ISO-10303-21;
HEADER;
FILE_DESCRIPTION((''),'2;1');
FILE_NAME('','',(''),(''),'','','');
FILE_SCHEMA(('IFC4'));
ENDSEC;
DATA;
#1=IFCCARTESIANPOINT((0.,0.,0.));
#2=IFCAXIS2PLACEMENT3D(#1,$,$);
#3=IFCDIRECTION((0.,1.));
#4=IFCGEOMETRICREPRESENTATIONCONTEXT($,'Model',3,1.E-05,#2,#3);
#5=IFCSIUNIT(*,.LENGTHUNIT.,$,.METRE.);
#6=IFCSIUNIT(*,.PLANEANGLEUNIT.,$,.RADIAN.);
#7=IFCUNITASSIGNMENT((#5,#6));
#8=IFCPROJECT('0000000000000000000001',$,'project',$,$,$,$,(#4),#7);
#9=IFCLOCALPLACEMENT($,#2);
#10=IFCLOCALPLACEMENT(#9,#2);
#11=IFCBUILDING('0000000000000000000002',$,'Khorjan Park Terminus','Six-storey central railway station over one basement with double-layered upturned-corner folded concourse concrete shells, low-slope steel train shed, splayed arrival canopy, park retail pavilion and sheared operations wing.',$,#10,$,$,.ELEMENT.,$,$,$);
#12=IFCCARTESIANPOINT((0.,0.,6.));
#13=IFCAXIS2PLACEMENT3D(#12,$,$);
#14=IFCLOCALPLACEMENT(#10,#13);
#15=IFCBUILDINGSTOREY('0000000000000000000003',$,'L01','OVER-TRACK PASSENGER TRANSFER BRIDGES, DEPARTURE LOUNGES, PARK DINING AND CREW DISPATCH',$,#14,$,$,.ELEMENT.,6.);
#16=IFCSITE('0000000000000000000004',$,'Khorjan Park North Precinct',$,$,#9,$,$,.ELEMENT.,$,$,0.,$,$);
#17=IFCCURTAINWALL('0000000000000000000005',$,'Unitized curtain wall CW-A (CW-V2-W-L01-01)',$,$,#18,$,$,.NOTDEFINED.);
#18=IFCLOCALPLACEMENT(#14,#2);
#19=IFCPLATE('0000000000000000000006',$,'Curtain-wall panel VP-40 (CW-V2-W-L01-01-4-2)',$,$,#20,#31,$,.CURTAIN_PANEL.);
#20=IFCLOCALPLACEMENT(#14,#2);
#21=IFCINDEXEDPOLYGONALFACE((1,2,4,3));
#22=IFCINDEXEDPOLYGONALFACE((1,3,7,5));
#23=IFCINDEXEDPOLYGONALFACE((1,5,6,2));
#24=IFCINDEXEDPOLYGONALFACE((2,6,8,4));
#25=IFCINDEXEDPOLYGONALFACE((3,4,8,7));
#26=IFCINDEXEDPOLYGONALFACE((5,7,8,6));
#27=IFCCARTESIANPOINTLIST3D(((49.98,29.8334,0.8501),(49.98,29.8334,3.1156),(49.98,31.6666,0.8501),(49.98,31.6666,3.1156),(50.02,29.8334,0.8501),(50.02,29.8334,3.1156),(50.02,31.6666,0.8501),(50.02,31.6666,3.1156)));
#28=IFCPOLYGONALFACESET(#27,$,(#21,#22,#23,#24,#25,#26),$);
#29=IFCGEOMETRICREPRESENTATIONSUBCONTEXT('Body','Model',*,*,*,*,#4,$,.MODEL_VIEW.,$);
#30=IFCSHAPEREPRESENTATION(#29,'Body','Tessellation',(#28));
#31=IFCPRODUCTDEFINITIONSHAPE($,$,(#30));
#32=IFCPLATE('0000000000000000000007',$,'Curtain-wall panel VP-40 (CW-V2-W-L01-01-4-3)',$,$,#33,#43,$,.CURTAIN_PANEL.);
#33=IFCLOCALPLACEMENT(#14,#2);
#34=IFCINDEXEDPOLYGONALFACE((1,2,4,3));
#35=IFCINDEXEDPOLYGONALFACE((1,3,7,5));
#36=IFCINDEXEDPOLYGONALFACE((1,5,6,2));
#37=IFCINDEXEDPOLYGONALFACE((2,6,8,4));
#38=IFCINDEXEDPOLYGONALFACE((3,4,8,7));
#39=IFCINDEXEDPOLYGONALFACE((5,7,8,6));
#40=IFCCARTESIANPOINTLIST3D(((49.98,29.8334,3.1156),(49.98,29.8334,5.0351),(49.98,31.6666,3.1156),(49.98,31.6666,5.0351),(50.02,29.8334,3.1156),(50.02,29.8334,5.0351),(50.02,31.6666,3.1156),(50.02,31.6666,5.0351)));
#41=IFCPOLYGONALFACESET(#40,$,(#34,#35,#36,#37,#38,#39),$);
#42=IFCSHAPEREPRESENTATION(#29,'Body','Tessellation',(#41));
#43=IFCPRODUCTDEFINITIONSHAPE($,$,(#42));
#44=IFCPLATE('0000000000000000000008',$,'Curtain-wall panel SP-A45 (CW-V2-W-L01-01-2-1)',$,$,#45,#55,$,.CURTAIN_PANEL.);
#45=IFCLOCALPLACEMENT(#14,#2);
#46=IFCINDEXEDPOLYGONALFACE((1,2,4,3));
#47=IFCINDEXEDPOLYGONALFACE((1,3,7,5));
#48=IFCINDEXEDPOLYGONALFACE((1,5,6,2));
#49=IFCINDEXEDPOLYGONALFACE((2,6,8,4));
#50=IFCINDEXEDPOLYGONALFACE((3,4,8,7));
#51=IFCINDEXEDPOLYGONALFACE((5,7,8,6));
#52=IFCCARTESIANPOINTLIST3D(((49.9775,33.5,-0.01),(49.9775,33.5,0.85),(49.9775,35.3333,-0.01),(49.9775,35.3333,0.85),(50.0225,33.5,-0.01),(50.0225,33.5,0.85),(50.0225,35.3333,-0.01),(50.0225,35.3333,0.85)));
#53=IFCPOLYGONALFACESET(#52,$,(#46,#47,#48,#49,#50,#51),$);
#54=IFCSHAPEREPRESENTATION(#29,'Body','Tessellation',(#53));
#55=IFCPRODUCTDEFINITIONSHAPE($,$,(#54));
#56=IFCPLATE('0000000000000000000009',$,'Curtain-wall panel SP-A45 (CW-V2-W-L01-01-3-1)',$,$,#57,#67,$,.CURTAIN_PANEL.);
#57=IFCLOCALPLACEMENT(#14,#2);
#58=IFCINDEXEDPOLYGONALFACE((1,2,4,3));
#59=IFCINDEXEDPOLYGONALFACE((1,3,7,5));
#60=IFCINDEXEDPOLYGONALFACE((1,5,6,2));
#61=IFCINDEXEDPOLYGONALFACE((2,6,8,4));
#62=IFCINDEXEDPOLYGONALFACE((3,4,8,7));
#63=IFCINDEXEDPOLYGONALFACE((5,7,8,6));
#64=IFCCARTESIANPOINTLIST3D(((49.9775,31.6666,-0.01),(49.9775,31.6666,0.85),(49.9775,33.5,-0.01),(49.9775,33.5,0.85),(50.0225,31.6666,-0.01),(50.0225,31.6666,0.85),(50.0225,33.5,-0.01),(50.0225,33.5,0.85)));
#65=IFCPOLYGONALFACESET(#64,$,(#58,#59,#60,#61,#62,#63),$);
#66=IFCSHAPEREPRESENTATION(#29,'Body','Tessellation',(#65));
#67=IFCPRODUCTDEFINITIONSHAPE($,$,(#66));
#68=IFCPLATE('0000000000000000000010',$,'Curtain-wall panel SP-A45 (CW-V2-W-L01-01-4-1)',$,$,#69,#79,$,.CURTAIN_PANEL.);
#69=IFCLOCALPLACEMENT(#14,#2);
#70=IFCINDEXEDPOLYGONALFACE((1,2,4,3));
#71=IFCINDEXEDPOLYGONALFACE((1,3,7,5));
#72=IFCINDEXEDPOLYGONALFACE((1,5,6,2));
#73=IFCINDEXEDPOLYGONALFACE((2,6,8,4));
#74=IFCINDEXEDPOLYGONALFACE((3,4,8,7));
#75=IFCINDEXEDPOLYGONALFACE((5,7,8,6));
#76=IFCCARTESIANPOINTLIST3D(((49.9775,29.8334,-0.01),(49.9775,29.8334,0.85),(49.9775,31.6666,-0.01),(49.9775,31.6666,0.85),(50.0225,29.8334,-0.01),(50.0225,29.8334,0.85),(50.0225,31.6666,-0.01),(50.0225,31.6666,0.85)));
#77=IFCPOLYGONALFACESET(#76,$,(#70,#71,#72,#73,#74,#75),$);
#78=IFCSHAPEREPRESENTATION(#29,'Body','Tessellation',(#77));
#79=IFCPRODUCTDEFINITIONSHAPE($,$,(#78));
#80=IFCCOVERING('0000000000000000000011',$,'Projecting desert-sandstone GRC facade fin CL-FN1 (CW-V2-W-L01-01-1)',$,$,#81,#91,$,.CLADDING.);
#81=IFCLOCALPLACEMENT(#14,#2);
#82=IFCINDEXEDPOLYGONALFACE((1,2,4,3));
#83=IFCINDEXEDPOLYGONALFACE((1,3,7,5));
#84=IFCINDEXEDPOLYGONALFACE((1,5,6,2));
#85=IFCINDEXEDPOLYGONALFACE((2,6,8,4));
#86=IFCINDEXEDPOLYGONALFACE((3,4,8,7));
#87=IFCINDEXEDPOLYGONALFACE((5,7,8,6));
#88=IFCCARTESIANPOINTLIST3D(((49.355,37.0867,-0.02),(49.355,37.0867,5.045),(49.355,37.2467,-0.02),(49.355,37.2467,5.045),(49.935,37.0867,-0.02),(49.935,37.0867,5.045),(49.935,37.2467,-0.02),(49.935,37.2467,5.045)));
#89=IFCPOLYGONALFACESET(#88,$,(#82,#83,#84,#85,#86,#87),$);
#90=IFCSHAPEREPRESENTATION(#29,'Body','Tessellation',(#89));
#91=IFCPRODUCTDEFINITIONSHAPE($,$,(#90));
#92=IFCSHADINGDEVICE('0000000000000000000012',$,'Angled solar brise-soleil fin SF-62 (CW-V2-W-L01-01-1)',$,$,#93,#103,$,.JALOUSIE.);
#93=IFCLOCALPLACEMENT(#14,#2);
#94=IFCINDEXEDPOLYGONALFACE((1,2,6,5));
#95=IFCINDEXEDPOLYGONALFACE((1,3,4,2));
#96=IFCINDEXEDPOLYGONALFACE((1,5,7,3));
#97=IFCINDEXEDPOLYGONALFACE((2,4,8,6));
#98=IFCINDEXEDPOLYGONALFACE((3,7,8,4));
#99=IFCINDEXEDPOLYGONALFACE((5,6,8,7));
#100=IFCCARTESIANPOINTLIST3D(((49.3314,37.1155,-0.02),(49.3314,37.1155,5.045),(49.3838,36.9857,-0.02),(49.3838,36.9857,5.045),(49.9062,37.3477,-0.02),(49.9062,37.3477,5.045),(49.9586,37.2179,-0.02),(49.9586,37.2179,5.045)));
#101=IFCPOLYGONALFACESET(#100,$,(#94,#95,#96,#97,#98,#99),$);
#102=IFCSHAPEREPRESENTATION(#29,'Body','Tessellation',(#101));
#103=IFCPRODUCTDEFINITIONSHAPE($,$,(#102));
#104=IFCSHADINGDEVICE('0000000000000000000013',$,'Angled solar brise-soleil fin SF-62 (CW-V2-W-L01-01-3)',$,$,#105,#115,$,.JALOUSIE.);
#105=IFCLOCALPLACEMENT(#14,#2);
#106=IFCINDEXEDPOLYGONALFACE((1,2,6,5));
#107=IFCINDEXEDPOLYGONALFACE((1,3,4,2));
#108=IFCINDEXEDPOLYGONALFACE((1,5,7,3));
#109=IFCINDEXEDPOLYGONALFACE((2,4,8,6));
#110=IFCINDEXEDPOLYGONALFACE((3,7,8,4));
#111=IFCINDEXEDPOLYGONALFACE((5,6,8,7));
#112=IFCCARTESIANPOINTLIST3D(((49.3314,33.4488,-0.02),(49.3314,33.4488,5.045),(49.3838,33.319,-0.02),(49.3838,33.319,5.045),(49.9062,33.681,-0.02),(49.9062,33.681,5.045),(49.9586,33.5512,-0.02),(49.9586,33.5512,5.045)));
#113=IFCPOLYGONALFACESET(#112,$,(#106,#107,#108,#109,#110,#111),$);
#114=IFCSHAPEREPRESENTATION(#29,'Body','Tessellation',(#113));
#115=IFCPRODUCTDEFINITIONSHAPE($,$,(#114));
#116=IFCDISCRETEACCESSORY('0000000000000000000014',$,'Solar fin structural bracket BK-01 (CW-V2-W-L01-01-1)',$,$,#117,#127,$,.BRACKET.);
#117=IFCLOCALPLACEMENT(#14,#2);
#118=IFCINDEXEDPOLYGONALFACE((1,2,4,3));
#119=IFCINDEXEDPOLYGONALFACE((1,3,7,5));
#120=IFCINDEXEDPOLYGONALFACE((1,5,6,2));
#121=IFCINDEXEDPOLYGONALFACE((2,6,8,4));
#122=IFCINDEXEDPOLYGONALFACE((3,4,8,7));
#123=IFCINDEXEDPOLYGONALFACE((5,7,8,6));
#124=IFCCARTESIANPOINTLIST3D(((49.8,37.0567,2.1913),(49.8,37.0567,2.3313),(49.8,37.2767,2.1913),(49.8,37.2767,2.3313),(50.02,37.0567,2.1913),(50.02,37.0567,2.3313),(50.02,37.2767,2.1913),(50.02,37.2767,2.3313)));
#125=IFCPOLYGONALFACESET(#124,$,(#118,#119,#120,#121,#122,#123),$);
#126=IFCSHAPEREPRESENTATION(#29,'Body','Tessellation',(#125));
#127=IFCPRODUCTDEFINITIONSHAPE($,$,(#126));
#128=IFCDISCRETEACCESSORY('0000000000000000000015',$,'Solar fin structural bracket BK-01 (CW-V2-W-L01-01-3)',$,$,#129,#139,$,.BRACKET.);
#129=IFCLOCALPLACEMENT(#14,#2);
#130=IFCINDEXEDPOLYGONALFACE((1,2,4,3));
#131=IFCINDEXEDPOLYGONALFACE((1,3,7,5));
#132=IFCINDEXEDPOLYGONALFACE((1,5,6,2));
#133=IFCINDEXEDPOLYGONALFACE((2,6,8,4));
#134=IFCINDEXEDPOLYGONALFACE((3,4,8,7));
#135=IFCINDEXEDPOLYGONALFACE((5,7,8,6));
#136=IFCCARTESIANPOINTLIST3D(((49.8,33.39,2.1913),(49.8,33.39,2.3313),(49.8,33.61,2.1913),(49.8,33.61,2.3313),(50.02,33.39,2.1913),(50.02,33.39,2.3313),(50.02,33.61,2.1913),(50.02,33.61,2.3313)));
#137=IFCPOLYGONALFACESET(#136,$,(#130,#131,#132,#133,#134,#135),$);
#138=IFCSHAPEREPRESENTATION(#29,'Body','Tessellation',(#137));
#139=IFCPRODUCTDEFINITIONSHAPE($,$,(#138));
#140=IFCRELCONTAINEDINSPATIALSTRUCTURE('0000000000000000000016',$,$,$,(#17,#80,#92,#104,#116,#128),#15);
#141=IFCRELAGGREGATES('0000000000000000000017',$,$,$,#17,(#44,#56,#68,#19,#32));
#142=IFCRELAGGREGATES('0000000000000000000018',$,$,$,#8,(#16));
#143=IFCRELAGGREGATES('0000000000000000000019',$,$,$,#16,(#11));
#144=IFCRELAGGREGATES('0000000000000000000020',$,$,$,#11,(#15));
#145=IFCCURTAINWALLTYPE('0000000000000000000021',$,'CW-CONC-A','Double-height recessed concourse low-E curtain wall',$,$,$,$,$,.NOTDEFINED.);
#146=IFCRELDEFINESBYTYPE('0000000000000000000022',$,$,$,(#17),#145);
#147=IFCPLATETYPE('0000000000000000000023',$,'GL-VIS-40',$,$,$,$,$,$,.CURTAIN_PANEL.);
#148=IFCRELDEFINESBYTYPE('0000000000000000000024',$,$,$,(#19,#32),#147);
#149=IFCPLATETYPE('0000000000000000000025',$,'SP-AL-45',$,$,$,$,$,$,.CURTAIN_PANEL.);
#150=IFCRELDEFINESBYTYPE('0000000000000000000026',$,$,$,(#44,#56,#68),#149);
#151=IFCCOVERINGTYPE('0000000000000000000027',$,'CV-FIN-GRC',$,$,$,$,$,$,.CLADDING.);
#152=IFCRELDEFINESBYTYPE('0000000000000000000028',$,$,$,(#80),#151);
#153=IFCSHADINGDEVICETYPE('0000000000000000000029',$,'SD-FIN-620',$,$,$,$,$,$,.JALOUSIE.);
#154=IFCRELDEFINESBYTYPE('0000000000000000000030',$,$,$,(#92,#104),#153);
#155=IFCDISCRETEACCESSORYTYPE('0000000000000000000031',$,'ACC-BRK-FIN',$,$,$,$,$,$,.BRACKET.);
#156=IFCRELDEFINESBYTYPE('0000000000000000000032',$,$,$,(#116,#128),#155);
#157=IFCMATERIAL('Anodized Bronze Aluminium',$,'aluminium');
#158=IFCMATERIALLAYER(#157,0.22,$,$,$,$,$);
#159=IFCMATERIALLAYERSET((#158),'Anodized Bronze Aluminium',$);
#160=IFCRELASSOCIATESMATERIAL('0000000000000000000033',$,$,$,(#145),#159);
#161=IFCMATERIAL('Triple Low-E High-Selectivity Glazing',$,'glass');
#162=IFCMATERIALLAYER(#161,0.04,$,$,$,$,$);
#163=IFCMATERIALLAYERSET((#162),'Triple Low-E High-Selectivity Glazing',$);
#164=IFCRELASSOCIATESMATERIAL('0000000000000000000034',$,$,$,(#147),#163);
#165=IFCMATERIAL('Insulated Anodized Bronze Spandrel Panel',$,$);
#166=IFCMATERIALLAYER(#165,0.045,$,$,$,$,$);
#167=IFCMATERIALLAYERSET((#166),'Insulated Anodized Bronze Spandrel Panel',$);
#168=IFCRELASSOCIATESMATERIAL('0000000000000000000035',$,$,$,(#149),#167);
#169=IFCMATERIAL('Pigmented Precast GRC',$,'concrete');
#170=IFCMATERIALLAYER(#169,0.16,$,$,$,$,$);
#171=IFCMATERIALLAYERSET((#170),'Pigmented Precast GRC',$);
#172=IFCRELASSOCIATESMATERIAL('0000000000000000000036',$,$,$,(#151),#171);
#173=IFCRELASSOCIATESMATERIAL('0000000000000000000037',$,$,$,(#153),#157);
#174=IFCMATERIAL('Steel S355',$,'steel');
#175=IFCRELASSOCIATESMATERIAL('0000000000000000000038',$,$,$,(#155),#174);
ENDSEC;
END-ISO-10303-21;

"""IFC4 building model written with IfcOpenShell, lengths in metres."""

from ifc_helpers import new_model, si_unit, direction, frame, origin, origin_2d, place, context, subcontext, project, spatial, rectangle, extrude, material, layer, layer_set, type_object, element, aggregate, save


model = new_model("IFC4")

# Units and contexts
model_context = context("Model", 3, precision=1e-05, world=origin(), true_north=direction((0.0, 1.0)))
body_context = subcontext(model_context, "Body", "Model", "MODEL_VIEW")
ifc_project = project(units=[si_unit("LENGTHUNIT", "METRE"), si_unit("PLANEANGLEUNIT", "RADIAN")], contexts=[model_context])

# Site, building, storey
site_placement = place(None, origin())
site = spatial("IfcSite", under=ifc_project, at=site_placement, Name="Khorjan Park North Precinct", CompositionType="ELEMENT", RefElevation=0.0)
building_placement = place(site_placement, origin())
building = spatial("IfcBuilding", under=site, at=building_placement, Name="Khorjan Park Terminus", Description="Six-storey central railway station over one basement with double-layered upturned-corner folded concourse concrete shells, low-slope steel train shed, splayed arrival canopy, park retail pavilion and sheared operations wing.", CompositionType="ELEMENT")
storey_placement = place(building_placement, frame((0.0, 0.0, 6.0)))
storey = spatial("IfcBuildingStorey", under=building, at=storey_placement, Name="L01", Description="OVER-TRACK PASSENGER TRANSFER BRIDGES, DEPARTURE LOUNGES, PARK DINING AND CREW DISPATCH", CompositionType="ELEMENT", Elevation=6.0)

# Curtain wall
ifc_material_1 = material(Name="Anodized Bronze Aluminium", Category="aluminium")
ifc_layer_1 = layer(ifc_material_1, 0.22)
ifc_layer_set_1 = layer_set([ifc_layer_1], Name="Anodized Bronze Aluminium")
curtain_wall_type = type_object("IfcCurtainWallType", Name="CW-CONC-A", Description="Double-height recessed concourse low-E curtain wall", PredefinedType="NOTDEFINED", material=ifc_layer_set_1)
curtain_wall_placement = place(storey_placement, origin())
curtain_wall = element("IfcCurtainWall", 1, at=curtain_wall_placement, inside=storey, type_object=curtain_wall_type, Name="Unitized curtain wall CW-A (CW-V2-W-L01-01)", PredefinedType="NOTDEFINED")

# Plates
ifc_material_2 = material(Name="Triple Low-E High-Selectivity Glazing", Category="glass")
ifc_layer_2 = layer(ifc_material_2, 0.04)
ifc_layer_set_2 = layer_set([ifc_layer_2], Name="Triple Low-E High-Selectivity Glazing")
plate_type_1 = type_object("IfcPlateType", Name="GL-VIS-40", PredefinedType="CURTAIN_PANEL", material=ifc_layer_set_2)
plate_1_placement = place(storey_placement, frame((50.0, 30.75, 0.8501), z_axis=(0.0, 0.0, 1.0), x_axis=(0.0, -1.0, 0.0)))
plate_1 = element("IfcPlate", 2, at=plate_1_placement, type_object=plate_type_1, Name="Curtain-wall panel VP-40 (CW-V2-W-L01-01-4-2)", PredefinedType="CURTAIN_PANEL", context=body_context, shape_type="SweptSolid", body=[
    extrude(rectangle(XDim=1.8333, YDim=0.04, at=origin_2d()), origin(), (0.0, 0.0, 1.0), 2.2655),
])
plate_2_placement = place(storey_placement, frame((50.0, 30.75, 3.1156), z_axis=(0.0, 0.0, 1.0), x_axis=(0.0, -1.0, 0.0)))
plate_2 = element("IfcPlate", 3, at=plate_2_placement, type_object=plate_type_1, Name="Curtain-wall panel VP-40 (CW-V2-W-L01-01-4-3)", PredefinedType="CURTAIN_PANEL", context=body_context, shape_type="SweptSolid", body=[
    extrude(rectangle(XDim=1.8333, YDim=0.04, at=origin_2d()), origin(), (0.0, 0.0, 1.0), 1.9195),
])
ifc_material_3 = material(Name="Insulated Anodized Bronze Spandrel Panel")
ifc_layer_3 = layer(ifc_material_3, 0.045)
ifc_layer_set_3 = layer_set([ifc_layer_3], Name="Insulated Anodized Bronze Spandrel Panel")
plate_type_2 = type_object("IfcPlateType", Name="SP-AL-45", PredefinedType="CURTAIN_PANEL", material=ifc_layer_set_3)
plate_3_placement = place(storey_placement, frame((50.0, 34.4167, -0.01), z_axis=(0.0, 0.0, 1.0), x_axis=(0.0, -1.0, 0.0)))
plate_3 = element("IfcPlate", 4, at=plate_3_placement, type_object=plate_type_2, Name="Curtain-wall panel SP-A45 (CW-V2-W-L01-01-2-1)", PredefinedType="CURTAIN_PANEL", context=body_context, shape_type="SweptSolid", body=[
    extrude(rectangle(XDim=1.8333, YDim=0.045, at=origin_2d()), origin(), (0.0, 0.0, 1.0), 0.86),
])
plate_4_placement = place(storey_placement, frame((50.0, 32.5833, -0.01), z_axis=(0.0, 0.0, 1.0), x_axis=(0.0, -1.0, 0.0)))
plate_4 = element("IfcPlate", 5, at=plate_4_placement, type_object=plate_type_2, Name="Curtain-wall panel SP-A45 (CW-V2-W-L01-01-3-1)", PredefinedType="CURTAIN_PANEL", context=body_context, shape_type="SweptSolid", body=[
    extrude(rectangle(XDim=1.8333, YDim=0.045, at=origin_2d()), origin(), (0.0, 0.0, 1.0), 0.86),
])
plate_5_placement = place(storey_placement, frame((50.0, 30.75, -0.01), z_axis=(0.0, 0.0, 1.0), x_axis=(0.0, -1.0, 0.0)))
plate_5 = element("IfcPlate", 6, at=plate_5_placement, type_object=plate_type_2, Name="Curtain-wall panel SP-A45 (CW-V2-W-L01-01-4-1)", PredefinedType="CURTAIN_PANEL", context=body_context, shape_type="SweptSolid", body=[
    extrude(rectangle(XDim=1.8333, YDim=0.045, at=origin_2d()), origin(), (0.0, 0.0, 1.0), 0.86),
])
aggregate(curtain_wall, [plate_3, plate_4, plate_5, plate_1, plate_2])

# Covering
ifc_material_4 = material(Name="Pigmented Precast GRC", Category="concrete")
ifc_layer_4 = layer(ifc_material_4, 0.16)
ifc_layer_set_4 = layer_set([ifc_layer_4], Name="Pigmented Precast GRC")
covering_type = type_object("IfcCoveringType", Name="CV-FIN-GRC", PredefinedType="CLADDING", material=ifc_layer_set_4)
covering_placement = place(storey_placement, frame((49.645, 37.1667, -0.02), z_axis=(0.0, 0.0, 1.0), x_axis=(1.0, 0.0, 0.0)))
element("IfcCovering", 7, at=covering_placement, inside=storey, type_object=covering_type, Name="Projecting desert-sandstone GRC facade fin CL-FN1 (CW-V2-W-L01-01-1)", PredefinedType="CLADDING", context=body_context, shape_type="SweptSolid", body=[
    extrude(rectangle(XDim=0.58, YDim=0.16, at=origin_2d()), origin(), (0.0, 0.0, 1.0), 5.065),
])

# Shading devices
shading_device_type = type_object("IfcShadingDeviceType", Name="SD-FIN-620", PredefinedType="JALOUSIE", material=ifc_material_1)
for number, where, z_axis, x_axis, name in (
    (8, (49.645, 37.1667, -0.02), (0.0, 0.0, 1.0), (0.927184, 0.374607, 0.0), "Angled solar brise-soleil fin SF-62 (CW-V2-W-L01-01-1)"),
    (9, (49.645, 33.5, -0.02), (0.0, 0.0, 1.0), (0.927184, 0.374607, 0.0), "Angled solar brise-soleil fin SF-62 (CW-V2-W-L01-01-3)"),
):
    element("IfcShadingDevice", number, at=place(storey_placement, frame(where, z_axis=z_axis, x_axis=x_axis)), inside=storey, type_object=shading_device_type, Name=name, PredefinedType="JALOUSIE", context=body_context, shape_type="SweptSolid", body=[
        extrude(rectangle(XDim=0.62, YDim=0.14, at=origin_2d()), origin(), (0.0, 0.0, 1.0), 5.065),
    ])

# Discrete accessories
ifc_material_5 = material(Name="Steel S355", Category="steel")
discrete_accessory_type = type_object("IfcDiscreteAccessoryType", Name="ACC-BRK-FIN", PredefinedType="BRACKET", material=ifc_material_5)
for number, where, z_axis, x_axis, name in (
    (10, (49.91, 37.1667, 2.1913), (0.0, 0.0, 1.0), (0.0, -1.0, 0.0), "Solar fin structural bracket BK-01 (CW-V2-W-L01-01-1)"),
    (11, (49.91, 33.5, 2.1913), (0.0, 0.0, 1.0), (0.0, -1.0, 0.0), "Solar fin structural bracket BK-01 (CW-V2-W-L01-01-3)"),
):
    element("IfcDiscreteAccessory", number, at=place(storey_placement, frame(where, z_axis=z_axis, x_axis=x_axis)), inside=storey, type_object=discrete_accessory_type, Name=name, PredefinedType="BRACKET", context=body_context, shape_type="SweptSolid", body=[
        extrude(rectangle(XDim=0.22, YDim=0.22, at=origin_2d()), origin(), (0.0, 0.0, 1.0), 0.14),
    ])

save(model, "model.ifc")
